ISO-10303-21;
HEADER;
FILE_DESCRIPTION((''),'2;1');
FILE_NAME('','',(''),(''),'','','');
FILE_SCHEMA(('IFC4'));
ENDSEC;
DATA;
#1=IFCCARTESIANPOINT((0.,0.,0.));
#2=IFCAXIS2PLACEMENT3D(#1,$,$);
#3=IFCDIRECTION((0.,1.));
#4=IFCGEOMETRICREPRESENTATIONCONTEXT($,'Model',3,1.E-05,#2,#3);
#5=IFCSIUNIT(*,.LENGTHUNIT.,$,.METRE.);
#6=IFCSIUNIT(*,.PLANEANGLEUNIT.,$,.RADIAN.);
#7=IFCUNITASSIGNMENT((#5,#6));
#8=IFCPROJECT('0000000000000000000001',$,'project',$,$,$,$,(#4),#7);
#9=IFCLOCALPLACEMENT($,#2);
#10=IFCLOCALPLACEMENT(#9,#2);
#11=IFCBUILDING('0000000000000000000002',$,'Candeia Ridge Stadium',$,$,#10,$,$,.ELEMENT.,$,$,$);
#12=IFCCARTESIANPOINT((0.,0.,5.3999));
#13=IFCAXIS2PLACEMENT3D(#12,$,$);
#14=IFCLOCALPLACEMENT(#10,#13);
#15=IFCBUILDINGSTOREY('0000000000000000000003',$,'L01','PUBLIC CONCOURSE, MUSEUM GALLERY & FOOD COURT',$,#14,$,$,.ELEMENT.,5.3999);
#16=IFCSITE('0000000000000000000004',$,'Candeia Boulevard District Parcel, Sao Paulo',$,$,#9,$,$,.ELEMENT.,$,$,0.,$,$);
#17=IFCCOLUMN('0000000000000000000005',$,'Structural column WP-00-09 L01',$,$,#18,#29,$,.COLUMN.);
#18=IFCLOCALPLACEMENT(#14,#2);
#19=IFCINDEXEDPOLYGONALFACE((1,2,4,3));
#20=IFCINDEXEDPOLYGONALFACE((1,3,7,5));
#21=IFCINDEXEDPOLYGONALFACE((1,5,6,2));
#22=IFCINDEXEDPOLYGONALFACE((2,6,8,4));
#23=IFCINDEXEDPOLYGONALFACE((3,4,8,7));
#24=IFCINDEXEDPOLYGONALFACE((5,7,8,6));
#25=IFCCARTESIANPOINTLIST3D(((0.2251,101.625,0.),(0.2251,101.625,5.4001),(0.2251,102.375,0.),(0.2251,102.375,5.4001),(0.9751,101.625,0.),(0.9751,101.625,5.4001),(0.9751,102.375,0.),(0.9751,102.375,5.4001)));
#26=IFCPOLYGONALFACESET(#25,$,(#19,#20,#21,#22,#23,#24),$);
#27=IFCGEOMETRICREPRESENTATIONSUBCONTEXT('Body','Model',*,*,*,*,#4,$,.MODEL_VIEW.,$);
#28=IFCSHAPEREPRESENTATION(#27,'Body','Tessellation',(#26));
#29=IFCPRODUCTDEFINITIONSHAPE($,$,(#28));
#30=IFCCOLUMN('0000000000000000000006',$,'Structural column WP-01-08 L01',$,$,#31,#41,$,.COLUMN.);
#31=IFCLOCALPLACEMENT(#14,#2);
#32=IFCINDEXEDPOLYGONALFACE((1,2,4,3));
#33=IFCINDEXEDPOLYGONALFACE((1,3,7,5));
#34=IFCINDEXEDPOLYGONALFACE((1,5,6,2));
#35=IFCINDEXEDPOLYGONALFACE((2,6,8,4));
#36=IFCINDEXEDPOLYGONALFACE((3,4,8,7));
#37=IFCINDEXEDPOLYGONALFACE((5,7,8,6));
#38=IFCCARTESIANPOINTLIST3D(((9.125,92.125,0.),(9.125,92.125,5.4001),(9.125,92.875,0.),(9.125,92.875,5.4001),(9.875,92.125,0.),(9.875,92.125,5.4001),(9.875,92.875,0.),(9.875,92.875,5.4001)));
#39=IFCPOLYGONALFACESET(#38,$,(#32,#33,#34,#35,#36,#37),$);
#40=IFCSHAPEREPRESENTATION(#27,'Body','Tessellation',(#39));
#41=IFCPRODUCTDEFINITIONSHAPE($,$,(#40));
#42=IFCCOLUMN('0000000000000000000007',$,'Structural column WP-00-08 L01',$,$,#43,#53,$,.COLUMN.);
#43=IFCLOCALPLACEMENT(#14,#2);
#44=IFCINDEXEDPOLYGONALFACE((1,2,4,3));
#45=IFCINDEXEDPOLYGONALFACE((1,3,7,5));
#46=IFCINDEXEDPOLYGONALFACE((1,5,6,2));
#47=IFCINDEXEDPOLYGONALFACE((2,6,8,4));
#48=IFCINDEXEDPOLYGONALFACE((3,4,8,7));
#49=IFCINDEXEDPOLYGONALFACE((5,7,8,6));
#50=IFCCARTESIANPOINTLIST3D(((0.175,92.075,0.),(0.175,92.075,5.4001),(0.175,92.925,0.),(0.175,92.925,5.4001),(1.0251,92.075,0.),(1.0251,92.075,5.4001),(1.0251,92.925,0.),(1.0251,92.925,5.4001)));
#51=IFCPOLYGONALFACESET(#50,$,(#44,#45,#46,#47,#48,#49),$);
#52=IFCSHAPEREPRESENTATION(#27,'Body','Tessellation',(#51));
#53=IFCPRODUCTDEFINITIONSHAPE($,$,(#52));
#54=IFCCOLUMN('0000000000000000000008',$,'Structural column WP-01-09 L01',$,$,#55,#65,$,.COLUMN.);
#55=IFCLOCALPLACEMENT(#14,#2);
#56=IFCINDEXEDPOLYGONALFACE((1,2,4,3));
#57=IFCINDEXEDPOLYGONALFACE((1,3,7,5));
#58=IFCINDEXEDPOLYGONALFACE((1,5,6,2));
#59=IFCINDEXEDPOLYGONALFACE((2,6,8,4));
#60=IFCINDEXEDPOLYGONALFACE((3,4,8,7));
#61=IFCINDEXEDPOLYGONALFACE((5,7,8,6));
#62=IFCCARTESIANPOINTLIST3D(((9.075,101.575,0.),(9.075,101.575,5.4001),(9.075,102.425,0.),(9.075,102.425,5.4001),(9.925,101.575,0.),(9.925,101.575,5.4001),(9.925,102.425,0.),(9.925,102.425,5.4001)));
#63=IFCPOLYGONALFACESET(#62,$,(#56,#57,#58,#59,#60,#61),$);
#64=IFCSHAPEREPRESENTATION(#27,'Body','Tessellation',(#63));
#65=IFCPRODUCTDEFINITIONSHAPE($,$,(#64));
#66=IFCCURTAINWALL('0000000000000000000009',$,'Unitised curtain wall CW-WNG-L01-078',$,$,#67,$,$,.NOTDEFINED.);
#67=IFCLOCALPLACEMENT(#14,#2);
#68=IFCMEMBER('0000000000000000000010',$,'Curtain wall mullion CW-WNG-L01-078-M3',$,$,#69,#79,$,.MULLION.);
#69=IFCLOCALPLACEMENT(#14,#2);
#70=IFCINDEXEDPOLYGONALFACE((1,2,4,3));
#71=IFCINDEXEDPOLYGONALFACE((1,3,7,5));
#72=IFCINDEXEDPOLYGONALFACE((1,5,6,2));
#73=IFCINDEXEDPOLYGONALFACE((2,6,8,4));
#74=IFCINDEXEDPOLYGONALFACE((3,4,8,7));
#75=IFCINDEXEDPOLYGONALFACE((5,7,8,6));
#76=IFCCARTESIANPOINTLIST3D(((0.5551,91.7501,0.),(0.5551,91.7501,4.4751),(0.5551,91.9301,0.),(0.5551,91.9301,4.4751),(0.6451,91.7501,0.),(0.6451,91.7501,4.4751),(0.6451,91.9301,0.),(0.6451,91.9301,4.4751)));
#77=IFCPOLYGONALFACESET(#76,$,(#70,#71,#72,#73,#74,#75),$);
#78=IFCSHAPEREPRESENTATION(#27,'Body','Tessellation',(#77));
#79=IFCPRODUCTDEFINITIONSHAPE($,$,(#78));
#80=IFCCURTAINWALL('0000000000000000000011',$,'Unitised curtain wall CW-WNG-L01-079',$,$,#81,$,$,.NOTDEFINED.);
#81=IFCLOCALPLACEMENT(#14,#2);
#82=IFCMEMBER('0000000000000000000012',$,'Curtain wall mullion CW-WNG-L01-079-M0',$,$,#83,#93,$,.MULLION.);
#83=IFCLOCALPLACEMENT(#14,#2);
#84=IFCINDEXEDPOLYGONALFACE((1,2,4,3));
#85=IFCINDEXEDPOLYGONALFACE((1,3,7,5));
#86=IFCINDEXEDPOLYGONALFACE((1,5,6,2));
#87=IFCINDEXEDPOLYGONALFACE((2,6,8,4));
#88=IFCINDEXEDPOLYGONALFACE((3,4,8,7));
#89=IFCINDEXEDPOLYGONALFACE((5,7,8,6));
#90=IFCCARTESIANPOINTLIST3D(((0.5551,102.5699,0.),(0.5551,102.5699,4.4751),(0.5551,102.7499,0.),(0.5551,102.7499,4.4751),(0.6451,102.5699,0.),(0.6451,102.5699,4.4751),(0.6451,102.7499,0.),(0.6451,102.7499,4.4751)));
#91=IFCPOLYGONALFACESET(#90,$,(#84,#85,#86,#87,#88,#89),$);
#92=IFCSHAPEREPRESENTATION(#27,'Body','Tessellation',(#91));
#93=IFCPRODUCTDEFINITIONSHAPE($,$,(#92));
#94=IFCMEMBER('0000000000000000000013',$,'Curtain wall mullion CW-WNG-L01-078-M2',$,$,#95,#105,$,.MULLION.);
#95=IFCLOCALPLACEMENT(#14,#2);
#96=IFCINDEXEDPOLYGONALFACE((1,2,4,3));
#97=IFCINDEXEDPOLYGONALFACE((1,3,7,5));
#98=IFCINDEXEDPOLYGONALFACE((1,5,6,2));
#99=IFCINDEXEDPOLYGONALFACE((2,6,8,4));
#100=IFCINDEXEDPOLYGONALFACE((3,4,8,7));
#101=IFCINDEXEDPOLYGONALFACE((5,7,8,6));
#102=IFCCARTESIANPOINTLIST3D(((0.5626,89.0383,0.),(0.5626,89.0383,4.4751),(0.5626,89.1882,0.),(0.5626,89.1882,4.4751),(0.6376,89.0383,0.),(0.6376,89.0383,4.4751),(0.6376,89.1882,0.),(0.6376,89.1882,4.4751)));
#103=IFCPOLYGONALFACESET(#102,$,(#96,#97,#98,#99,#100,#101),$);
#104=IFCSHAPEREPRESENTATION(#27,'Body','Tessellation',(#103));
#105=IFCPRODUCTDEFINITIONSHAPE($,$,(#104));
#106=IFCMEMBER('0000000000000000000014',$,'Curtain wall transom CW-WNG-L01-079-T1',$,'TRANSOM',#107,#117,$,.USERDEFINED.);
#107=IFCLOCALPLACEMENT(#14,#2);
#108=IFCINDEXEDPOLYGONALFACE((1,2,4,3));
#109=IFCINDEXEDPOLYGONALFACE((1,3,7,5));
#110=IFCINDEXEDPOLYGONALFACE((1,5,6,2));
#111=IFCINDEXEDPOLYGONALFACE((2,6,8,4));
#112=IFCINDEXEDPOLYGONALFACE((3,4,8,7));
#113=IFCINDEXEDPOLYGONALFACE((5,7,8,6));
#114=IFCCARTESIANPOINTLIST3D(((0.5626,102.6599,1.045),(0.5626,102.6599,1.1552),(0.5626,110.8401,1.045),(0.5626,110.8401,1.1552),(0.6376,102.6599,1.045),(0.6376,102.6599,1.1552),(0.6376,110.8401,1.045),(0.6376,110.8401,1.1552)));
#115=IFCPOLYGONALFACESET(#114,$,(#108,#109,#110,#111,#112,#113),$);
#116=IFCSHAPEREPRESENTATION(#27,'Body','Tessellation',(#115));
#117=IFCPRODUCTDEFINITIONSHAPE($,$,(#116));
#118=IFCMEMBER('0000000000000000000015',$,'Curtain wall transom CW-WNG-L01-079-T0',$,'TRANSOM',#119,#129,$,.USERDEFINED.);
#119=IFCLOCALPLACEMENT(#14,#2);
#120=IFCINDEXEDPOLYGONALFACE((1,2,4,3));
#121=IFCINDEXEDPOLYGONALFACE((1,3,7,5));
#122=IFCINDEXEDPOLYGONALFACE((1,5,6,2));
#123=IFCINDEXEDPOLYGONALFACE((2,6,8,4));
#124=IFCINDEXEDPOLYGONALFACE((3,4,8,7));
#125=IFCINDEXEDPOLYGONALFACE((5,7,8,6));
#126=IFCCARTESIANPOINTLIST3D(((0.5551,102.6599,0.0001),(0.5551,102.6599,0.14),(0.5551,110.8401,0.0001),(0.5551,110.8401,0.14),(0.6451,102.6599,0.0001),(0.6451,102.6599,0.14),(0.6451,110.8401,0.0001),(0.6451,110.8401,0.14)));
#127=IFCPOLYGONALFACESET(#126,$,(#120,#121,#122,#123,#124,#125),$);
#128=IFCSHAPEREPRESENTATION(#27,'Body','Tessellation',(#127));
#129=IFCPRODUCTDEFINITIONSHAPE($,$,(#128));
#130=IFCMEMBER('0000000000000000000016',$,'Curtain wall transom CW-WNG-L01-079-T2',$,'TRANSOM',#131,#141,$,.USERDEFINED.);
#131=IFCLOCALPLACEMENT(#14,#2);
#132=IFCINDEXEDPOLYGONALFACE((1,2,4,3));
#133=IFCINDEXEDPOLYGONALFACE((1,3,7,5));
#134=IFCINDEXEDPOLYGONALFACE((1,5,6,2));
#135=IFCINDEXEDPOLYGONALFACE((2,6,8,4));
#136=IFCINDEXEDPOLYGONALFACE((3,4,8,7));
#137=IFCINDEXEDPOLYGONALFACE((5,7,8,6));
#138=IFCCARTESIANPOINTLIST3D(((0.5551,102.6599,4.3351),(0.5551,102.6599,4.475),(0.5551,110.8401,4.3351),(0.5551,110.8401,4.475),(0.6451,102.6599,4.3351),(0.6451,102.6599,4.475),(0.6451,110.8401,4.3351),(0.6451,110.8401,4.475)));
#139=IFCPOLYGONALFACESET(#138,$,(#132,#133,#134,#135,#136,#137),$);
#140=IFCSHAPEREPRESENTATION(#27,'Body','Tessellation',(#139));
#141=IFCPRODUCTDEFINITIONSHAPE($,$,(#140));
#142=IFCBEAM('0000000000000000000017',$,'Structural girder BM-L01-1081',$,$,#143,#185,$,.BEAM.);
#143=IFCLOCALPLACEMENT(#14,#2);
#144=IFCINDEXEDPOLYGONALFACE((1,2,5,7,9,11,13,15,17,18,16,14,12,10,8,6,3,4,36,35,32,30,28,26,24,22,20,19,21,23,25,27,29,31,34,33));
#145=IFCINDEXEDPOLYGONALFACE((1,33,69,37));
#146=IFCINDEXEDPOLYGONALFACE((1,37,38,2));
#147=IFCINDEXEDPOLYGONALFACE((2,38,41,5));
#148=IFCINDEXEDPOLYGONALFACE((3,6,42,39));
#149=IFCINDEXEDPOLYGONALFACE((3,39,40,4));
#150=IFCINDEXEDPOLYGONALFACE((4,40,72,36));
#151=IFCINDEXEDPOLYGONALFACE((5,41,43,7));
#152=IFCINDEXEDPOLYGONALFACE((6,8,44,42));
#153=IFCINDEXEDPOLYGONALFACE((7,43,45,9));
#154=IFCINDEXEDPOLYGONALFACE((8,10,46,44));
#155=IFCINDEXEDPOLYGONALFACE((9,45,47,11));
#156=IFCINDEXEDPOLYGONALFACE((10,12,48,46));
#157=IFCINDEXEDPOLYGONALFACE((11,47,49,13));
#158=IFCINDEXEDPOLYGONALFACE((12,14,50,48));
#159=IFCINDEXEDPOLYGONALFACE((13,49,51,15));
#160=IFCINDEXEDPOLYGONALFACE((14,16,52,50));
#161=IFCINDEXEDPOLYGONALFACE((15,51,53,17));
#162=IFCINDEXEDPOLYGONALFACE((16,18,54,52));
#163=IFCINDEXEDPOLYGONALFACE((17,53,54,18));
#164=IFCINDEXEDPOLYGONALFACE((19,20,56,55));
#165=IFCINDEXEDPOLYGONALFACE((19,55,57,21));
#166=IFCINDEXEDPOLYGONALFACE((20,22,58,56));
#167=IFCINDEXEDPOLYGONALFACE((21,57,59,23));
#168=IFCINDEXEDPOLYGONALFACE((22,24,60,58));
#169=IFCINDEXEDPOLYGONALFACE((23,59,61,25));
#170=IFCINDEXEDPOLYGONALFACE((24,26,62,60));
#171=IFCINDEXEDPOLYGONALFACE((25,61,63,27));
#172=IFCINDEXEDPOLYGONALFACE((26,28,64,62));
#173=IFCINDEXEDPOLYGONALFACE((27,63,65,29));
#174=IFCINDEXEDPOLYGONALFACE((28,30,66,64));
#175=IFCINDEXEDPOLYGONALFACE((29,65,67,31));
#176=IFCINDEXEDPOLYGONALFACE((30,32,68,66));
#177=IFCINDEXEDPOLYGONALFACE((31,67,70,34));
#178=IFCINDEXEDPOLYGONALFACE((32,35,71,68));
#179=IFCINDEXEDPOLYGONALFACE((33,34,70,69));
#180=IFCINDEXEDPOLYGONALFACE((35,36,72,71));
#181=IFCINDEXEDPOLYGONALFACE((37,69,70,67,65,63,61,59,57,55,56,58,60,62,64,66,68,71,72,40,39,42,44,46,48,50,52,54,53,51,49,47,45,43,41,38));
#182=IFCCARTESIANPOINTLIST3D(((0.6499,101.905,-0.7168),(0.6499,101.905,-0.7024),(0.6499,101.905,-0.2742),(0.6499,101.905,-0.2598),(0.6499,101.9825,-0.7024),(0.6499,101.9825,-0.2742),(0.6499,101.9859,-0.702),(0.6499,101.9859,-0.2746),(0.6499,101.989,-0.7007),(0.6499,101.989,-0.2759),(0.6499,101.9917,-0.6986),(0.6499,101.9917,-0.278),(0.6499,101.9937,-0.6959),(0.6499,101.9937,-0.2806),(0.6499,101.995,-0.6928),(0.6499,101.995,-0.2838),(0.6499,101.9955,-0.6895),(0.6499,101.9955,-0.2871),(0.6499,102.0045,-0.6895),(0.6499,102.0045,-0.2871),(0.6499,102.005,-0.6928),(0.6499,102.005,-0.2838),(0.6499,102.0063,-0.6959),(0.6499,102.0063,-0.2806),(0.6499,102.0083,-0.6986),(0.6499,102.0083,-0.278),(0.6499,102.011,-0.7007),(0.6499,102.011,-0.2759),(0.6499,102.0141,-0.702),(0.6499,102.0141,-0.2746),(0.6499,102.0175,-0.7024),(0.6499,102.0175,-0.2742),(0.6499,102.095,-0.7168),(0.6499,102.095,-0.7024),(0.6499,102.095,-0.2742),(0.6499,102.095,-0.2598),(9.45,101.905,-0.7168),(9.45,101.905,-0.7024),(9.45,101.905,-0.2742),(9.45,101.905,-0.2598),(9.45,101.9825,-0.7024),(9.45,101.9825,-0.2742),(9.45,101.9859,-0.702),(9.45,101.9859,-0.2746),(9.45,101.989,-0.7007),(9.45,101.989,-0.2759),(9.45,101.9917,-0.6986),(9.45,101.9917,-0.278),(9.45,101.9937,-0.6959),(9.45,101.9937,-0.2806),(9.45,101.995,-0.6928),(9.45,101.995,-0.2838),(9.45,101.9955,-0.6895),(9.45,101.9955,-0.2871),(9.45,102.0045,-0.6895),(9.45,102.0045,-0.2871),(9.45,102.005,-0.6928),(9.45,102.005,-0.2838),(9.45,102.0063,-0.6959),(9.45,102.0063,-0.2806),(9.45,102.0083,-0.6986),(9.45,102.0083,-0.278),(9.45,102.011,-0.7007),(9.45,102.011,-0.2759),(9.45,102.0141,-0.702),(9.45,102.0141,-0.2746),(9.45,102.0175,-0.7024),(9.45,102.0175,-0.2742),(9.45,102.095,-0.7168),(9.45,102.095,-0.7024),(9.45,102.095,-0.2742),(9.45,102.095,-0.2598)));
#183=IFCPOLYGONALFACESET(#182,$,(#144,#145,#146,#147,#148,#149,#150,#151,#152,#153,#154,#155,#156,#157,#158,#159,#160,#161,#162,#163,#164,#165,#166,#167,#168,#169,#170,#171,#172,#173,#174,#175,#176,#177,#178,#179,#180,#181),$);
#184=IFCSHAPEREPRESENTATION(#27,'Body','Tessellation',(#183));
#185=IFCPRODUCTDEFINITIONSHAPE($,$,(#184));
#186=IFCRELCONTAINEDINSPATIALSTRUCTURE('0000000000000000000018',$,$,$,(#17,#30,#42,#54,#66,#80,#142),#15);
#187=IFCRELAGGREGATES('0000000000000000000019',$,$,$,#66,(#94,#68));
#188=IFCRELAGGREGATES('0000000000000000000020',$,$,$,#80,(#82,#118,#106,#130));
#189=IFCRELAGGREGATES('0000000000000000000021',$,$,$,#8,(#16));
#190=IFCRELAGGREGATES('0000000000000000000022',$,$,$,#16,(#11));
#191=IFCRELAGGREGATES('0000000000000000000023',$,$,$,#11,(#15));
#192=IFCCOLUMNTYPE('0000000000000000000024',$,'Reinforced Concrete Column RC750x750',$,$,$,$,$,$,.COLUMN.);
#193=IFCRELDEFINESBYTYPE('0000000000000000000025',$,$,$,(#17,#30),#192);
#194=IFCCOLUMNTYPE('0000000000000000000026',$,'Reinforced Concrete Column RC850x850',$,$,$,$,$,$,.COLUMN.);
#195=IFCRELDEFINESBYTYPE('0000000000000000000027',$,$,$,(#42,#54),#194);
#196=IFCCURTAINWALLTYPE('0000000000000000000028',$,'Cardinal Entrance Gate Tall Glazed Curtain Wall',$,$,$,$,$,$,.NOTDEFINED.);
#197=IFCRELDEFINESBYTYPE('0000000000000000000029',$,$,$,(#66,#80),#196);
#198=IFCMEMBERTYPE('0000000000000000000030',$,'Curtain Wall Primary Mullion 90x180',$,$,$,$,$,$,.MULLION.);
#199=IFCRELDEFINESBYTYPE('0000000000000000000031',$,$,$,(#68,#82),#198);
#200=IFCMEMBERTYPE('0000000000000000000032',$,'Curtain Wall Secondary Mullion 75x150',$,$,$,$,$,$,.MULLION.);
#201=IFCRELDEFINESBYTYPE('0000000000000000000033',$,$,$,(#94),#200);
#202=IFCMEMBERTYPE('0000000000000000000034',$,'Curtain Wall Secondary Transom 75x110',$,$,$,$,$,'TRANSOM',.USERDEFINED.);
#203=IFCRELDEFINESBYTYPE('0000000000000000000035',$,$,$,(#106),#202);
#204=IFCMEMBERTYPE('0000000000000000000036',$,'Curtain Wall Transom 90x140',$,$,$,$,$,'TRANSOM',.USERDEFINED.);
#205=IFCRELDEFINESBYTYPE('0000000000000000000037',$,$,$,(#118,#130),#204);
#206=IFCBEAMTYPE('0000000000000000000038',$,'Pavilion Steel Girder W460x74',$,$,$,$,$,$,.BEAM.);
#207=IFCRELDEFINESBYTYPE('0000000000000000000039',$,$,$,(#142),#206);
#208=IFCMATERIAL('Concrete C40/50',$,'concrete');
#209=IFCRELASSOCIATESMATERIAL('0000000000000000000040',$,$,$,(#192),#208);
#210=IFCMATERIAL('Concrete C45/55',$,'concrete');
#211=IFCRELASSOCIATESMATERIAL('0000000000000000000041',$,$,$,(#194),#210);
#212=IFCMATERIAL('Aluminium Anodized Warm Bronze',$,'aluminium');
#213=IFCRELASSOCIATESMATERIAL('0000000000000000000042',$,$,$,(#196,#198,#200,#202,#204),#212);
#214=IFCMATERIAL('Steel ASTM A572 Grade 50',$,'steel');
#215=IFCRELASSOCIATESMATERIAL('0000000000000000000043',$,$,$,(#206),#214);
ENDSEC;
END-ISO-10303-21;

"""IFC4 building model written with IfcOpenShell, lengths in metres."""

from ifc_helpers import new_model, si_unit, direction, frame, origin, origin_2d, place, context, subcontext, project, spatial, rectangle, i_section, extrude, material, material_profile, profile_set, type_object, element, aggregate, save


model = new_model("IFC4")

# Units and contexts
model_context = context("Model", 3, precision=1e-05, world=origin(), true_north=direction((0.0, 1.0)))
body_context = subcontext(model_context, "Body", "Model", "MODEL_VIEW")
ifc_project = project(units=[si_unit("LENGTHUNIT", "METRE"), si_unit("PLANEANGLEUNIT", "RADIAN")], contexts=[model_context])

# Site, building, storey
site_placement = place(None, origin())
site = spatial("IfcSite", under=ifc_project, at=site_placement, Name="Candeia Boulevard District Parcel, Sao Paulo", CompositionType="ELEMENT", RefElevation=0.0)
building_placement = place(site_placement, origin())
building = spatial("IfcBuilding", under=site, at=building_placement, Name="Candeia Ridge Stadium", CompositionType="ELEMENT")
storey_placement = place(building_placement, frame((0.0, 0.0, 5.3999)))
storey = spatial("IfcBuildingStorey", under=building, at=storey_placement, Name="L01", Description="PUBLIC CONCOURSE, MUSEUM GALLERY & FOOD COURT", CompositionType="ELEMENT", Elevation=5.3999)

# Columns
ifc_material_1 = material(Name="Concrete C40/50", Category="concrete")
ifc_material_profile_1 = material_profile(ifc_material_1, rectangle(XDim=0.75, YDim=0.75, at=origin_2d()), Name="RC750x750", Category="concrete")
ifc_profile_set_1 = profile_set([ifc_material_profile_1], Name="Concrete C40/50")
column_type_1 = type_object("IfcColumnType", Name="Reinforced Concrete Column RC750x750", PredefinedType="COLUMN", material=ifc_profile_set_1)
for number, where, z_axis, x_axis, name in (
    (1, (0.6001, 102.0, 0.0), (0.0, 0.0, 1.0), (1.0, 0.0, 0.0), "Structural column WP-00-09 L01"),
    (2, (9.5, 92.5, 0.0), (0.0, 0.0, 1.0), (1.0, 0.0, 0.0), "Structural column WP-01-08 L01"),
):
    element("IfcColumn", number, at=place(storey_placement, frame(where, z_axis=z_axis, x_axis=x_axis)), inside=storey, type_object=column_type_1, Name=name, PredefinedType="COLUMN", context=body_context, shape_type="SweptSolid", body=[
        extrude(rectangle(XDim=0.75, YDim=0.75, at=origin_2d()), origin(), (0.0, 0.0, 1.0), 5.4001),
    ])
ifc_material_2 = material(Name="Concrete C45/55", Category="concrete")
ifc_material_profile_2 = material_profile(ifc_material_2, rectangle(XDim=0.8501, YDim=0.8501, at=origin_2d()), Name="RC850x850", Category="concrete")
ifc_profile_set_2 = profile_set([ifc_material_profile_2], Name="Concrete C45/55")
column_type_2 = type_object("IfcColumnType", Name="Reinforced Concrete Column RC850x850", PredefinedType="COLUMN", material=ifc_profile_set_2)
for number, where, z_axis, x_axis, name in (
    (3, (0.6001, 92.5, 0.0), (0.0, 0.0, 1.0), (1.0, 0.0, 0.0), "Structural column WP-00-08 L01"),
    (4, (9.5, 102.0, 0.0), (0.0, 0.0, 1.0), (1.0, 0.0, 0.0), "Structural column WP-01-09 L01"),
):
    element("IfcColumn", number, at=place(storey_placement, frame(where, z_axis=z_axis, x_axis=x_axis)), inside=storey, type_object=column_type_2, Name=name, PredefinedType="COLUMN", context=body_context, shape_type="SweptSolid", body=[
        extrude(rectangle(XDim=0.8501, YDim=0.8501, at=origin_2d()), origin(), (0.0, 0.0, 1.0), 5.4001),
    ])

# Curtain walls, members
ifc_material_3 = material(Name="Aluminium Anodized Warm Bronze", Category="aluminium")
curtain_wall_type = type_object("IfcCurtainWallType", Name="Cardinal Entrance Gate Tall Glazed Curtain Wall", PredefinedType="NOTDEFINED", material=ifc_material_3)
curtain_wall_1_placement = place(storey_placement, origin())
curtain_wall_1 = element("IfcCurtainWall", 5, at=curtain_wall_1_placement, inside=storey, type_object=curtain_wall_type, Name="Unitised curtain wall CW-WNG-L01-078", PredefinedType="NOTDEFINED")
ifc_material_profile_3 = material_profile(ifc_material_3, rectangle(XDim=0.0901, YDim=0.1799, at=origin_2d()), Name="CWM-90x180", Category="aluminium")
ifc_profile_set_3 = profile_set([ifc_material_profile_3], Name="Aluminium Anodized Warm Bronze")
member_type_1 = type_object("IfcMemberType", Name="Curtain Wall Primary Mullion 90x180", PredefinedType="MULLION", material=ifc_profile_set_3)
member_1_placement = place(storey_placement, frame((0.6001, 91.8401, 0.0), z_axis=(0.0, 0.0, 1.0), x_axis=(1.0, 0.0, 0.0)))
member_1 = element("IfcMember", 6, at=member_1_placement, type_object=member_type_1, Name="Curtain wall mullion CW-WNG-L01-078-M3", PredefinedType="MULLION", context=body_context, shape_type="SweptSolid", body=[
    extrude(rectangle(XDim=0.0901, YDim=0.1799, at=origin_2d()), origin(), (0.0, 0.0, 1.0), 4.4751),
])
curtain_wall_2_placement = place(storey_placement, origin())
curtain_wall_2 = element("IfcCurtainWall", 7, at=curtain_wall_2_placement, inside=storey, type_object=curtain_wall_type, Name="Unitised curtain wall CW-WNG-L01-079", PredefinedType="NOTDEFINED")
member_2_placement = place(storey_placement, frame((0.6001, 102.6599, 0.0), z_axis=(0.0, 0.0, 1.0), x_axis=(1.0, 0.0, 0.0)))
member_2 = element("IfcMember", 8, at=member_2_placement, type_object=member_type_1, Name="Curtain wall mullion CW-WNG-L01-079-M0", PredefinedType="MULLION", context=body_context, shape_type="SweptSolid", body=[
    extrude(rectangle(XDim=0.0901, YDim=0.1799, at=origin_2d()), origin(), (0.0, 0.0, 1.0), 4.4751),
])

# Members
ifc_material_profile_4 = material_profile(ifc_material_3, rectangle(XDim=0.075, YDim=0.1499, at=origin_2d()), Name="CWM-75x150", Category="aluminium")
ifc_profile_set_4 = profile_set([ifc_material_profile_4], Name="Aluminium Anodized Warm Bronze")
member_type_2 = type_object("IfcMemberType", Name="Curtain Wall Secondary Mullion 75x150", PredefinedType="MULLION", material=ifc_profile_set_4)
member_3_placement = place(storey_placement, frame((0.6001, 89.1133, 0.0), z_axis=(0.0, 0.0, 1.0), x_axis=(1.0, 0.0, 0.0)))
member_3 = element("IfcMember", 9, at=member_3_placement, type_object=member_type_2, Name="Curtain wall mullion CW-WNG-L01-078-M2", PredefinedType="MULLION", context=body_context, shape_type="SweptSolid", body=[
    extrude(rectangle(XDim=0.075, YDim=0.1499, at=origin_2d()), origin(), (0.0, 0.0, 1.0), 4.4751),
])
ifc_material_profile_5 = material_profile(ifc_material_3, rectangle(XDim=0.075, YDim=0.1101, at=origin_2d()), Name="CWT-75x110", Category="aluminium")
ifc_profile_set_5 = profile_set([ifc_material_profile_5], Name="Aluminium Anodized Warm Bronze")
member_type_3 = type_object("IfcMemberType", Name="Curtain Wall Secondary Transom 75x110", ElementType="TRANSOM", PredefinedType="USERDEFINED", material=ifc_profile_set_5)
member_4_placement = place(storey_placement, frame((0.6001, 102.6599, 1.1001), z_axis=(0.0, 1.0, 0.0), x_axis=(-1.0, 0.0, 0.0)))
member_4 = element("IfcMember", 10, at=member_4_placement, type_object=member_type_3, Name="Curtain wall transom CW-WNG-L01-079-T1", ObjectType="TRANSOM", PredefinedType="USERDEFINED", context=body_context, shape_type="SweptSolid", body=[
    extrude(rectangle(XDim=0.075, YDim=0.1101, at=origin_2d()), origin(), (0.0, 0.0, 1.0), 8.1802),
])
ifc_material_profile_6 = material_profile(ifc_material_3, rectangle(XDim=0.0901, YDim=0.1399, at=origin_2d()), Name="CWT-90x140", Category="aluminium")
ifc_profile_set_6 = profile_set([ifc_material_profile_6], Name="Aluminium Anodized Warm Bronze")
member_type_4 = type_object("IfcMemberType", Name="Curtain Wall Transom 90x140", ElementType="TRANSOM", PredefinedType="USERDEFINED", material=ifc_profile_set_6)
member_5_placement = place(storey_placement, frame((0.6001, 102.6599, 0.0701), z_axis=(0.0, 1.0, 0.0), x_axis=(-1.0, 0.0, 0.0)))
member_5 = element("IfcMember", 11, at=member_5_placement, type_object=member_type_4, Name="Curtain wall transom CW-WNG-L01-079-T0", ObjectType="TRANSOM", PredefinedType="USERDEFINED", context=body_context, shape_type="SweptSolid", body=[
    extrude(rectangle(XDim=0.0901, YDim=0.1399, at=origin_2d()), origin(), (0.0, 0.0, 1.0), 8.1802),
])
member_6_placement = place(storey_placement, frame((0.6001, 102.6599, 4.405), z_axis=(0.0, 1.0, 0.0), x_axis=(-1.0, 0.0, 0.0)))
member_6 = element("IfcMember", 12, at=member_6_placement, type_object=member_type_4, Name="Curtain wall transom CW-WNG-L01-079-T2", ObjectType="TRANSOM", PredefinedType="USERDEFINED", context=body_context, shape_type="SweptSolid", body=[
    extrude(rectangle(XDim=0.0901, YDim=0.1399, at=origin_2d()), origin(), (0.0, 0.0, 1.0), 8.1802),
])

# Beam
ifc_material_4 = material(Name="Steel ASTM A572 Grade 50", Category="steel")
ifc_material_profile_7 = material_profile(ifc_material_4, i_section(OverallWidth=0.1899, OverallDepth=0.457, WebThickness=0.009, FlangeThickness=0.0144, FilletRadius=0.0129, at=origin_2d()), Name="W460x74", Category="steel")
ifc_profile_set_7 = profile_set([ifc_material_profile_7], Name="Steel ASTM A572 Grade 50")
beam_type_1 = type_object("IfcBeamType", Name="Pavilion Steel Girder W460x74", PredefinedType="BEAM", material=ifc_profile_set_7)
for number, where, z_axis, x_axis, name in (
    (13, (0.6499, 102.0, -0.4883), (1.0, 0.0, 0.0), (0.0, 1.0, 0.0), "Structural girder BM-L01-1081"),
):
    element("IfcBeam", number, at=place(storey_placement, frame(where, z_axis=z_axis, x_axis=x_axis)), inside=storey, type_object=beam_type_1, Name=name, PredefinedType="BEAM", context=body_context, shape_type="SweptSolid", body=[
        extrude(i_section(OverallWidth=0.1899, OverallDepth=0.457, WebThickness=0.009, FlangeThickness=0.0144, FilletRadius=0.0129, at=origin_2d()), origin(), (0.0, 0.0, 1.0), 8.8),
    ])

aggregate(curtain_wall_1, [member_3, member_1])
aggregate(curtain_wall_2, [member_2, member_5, member_4, member_6])

save(model, "model.ifc")
